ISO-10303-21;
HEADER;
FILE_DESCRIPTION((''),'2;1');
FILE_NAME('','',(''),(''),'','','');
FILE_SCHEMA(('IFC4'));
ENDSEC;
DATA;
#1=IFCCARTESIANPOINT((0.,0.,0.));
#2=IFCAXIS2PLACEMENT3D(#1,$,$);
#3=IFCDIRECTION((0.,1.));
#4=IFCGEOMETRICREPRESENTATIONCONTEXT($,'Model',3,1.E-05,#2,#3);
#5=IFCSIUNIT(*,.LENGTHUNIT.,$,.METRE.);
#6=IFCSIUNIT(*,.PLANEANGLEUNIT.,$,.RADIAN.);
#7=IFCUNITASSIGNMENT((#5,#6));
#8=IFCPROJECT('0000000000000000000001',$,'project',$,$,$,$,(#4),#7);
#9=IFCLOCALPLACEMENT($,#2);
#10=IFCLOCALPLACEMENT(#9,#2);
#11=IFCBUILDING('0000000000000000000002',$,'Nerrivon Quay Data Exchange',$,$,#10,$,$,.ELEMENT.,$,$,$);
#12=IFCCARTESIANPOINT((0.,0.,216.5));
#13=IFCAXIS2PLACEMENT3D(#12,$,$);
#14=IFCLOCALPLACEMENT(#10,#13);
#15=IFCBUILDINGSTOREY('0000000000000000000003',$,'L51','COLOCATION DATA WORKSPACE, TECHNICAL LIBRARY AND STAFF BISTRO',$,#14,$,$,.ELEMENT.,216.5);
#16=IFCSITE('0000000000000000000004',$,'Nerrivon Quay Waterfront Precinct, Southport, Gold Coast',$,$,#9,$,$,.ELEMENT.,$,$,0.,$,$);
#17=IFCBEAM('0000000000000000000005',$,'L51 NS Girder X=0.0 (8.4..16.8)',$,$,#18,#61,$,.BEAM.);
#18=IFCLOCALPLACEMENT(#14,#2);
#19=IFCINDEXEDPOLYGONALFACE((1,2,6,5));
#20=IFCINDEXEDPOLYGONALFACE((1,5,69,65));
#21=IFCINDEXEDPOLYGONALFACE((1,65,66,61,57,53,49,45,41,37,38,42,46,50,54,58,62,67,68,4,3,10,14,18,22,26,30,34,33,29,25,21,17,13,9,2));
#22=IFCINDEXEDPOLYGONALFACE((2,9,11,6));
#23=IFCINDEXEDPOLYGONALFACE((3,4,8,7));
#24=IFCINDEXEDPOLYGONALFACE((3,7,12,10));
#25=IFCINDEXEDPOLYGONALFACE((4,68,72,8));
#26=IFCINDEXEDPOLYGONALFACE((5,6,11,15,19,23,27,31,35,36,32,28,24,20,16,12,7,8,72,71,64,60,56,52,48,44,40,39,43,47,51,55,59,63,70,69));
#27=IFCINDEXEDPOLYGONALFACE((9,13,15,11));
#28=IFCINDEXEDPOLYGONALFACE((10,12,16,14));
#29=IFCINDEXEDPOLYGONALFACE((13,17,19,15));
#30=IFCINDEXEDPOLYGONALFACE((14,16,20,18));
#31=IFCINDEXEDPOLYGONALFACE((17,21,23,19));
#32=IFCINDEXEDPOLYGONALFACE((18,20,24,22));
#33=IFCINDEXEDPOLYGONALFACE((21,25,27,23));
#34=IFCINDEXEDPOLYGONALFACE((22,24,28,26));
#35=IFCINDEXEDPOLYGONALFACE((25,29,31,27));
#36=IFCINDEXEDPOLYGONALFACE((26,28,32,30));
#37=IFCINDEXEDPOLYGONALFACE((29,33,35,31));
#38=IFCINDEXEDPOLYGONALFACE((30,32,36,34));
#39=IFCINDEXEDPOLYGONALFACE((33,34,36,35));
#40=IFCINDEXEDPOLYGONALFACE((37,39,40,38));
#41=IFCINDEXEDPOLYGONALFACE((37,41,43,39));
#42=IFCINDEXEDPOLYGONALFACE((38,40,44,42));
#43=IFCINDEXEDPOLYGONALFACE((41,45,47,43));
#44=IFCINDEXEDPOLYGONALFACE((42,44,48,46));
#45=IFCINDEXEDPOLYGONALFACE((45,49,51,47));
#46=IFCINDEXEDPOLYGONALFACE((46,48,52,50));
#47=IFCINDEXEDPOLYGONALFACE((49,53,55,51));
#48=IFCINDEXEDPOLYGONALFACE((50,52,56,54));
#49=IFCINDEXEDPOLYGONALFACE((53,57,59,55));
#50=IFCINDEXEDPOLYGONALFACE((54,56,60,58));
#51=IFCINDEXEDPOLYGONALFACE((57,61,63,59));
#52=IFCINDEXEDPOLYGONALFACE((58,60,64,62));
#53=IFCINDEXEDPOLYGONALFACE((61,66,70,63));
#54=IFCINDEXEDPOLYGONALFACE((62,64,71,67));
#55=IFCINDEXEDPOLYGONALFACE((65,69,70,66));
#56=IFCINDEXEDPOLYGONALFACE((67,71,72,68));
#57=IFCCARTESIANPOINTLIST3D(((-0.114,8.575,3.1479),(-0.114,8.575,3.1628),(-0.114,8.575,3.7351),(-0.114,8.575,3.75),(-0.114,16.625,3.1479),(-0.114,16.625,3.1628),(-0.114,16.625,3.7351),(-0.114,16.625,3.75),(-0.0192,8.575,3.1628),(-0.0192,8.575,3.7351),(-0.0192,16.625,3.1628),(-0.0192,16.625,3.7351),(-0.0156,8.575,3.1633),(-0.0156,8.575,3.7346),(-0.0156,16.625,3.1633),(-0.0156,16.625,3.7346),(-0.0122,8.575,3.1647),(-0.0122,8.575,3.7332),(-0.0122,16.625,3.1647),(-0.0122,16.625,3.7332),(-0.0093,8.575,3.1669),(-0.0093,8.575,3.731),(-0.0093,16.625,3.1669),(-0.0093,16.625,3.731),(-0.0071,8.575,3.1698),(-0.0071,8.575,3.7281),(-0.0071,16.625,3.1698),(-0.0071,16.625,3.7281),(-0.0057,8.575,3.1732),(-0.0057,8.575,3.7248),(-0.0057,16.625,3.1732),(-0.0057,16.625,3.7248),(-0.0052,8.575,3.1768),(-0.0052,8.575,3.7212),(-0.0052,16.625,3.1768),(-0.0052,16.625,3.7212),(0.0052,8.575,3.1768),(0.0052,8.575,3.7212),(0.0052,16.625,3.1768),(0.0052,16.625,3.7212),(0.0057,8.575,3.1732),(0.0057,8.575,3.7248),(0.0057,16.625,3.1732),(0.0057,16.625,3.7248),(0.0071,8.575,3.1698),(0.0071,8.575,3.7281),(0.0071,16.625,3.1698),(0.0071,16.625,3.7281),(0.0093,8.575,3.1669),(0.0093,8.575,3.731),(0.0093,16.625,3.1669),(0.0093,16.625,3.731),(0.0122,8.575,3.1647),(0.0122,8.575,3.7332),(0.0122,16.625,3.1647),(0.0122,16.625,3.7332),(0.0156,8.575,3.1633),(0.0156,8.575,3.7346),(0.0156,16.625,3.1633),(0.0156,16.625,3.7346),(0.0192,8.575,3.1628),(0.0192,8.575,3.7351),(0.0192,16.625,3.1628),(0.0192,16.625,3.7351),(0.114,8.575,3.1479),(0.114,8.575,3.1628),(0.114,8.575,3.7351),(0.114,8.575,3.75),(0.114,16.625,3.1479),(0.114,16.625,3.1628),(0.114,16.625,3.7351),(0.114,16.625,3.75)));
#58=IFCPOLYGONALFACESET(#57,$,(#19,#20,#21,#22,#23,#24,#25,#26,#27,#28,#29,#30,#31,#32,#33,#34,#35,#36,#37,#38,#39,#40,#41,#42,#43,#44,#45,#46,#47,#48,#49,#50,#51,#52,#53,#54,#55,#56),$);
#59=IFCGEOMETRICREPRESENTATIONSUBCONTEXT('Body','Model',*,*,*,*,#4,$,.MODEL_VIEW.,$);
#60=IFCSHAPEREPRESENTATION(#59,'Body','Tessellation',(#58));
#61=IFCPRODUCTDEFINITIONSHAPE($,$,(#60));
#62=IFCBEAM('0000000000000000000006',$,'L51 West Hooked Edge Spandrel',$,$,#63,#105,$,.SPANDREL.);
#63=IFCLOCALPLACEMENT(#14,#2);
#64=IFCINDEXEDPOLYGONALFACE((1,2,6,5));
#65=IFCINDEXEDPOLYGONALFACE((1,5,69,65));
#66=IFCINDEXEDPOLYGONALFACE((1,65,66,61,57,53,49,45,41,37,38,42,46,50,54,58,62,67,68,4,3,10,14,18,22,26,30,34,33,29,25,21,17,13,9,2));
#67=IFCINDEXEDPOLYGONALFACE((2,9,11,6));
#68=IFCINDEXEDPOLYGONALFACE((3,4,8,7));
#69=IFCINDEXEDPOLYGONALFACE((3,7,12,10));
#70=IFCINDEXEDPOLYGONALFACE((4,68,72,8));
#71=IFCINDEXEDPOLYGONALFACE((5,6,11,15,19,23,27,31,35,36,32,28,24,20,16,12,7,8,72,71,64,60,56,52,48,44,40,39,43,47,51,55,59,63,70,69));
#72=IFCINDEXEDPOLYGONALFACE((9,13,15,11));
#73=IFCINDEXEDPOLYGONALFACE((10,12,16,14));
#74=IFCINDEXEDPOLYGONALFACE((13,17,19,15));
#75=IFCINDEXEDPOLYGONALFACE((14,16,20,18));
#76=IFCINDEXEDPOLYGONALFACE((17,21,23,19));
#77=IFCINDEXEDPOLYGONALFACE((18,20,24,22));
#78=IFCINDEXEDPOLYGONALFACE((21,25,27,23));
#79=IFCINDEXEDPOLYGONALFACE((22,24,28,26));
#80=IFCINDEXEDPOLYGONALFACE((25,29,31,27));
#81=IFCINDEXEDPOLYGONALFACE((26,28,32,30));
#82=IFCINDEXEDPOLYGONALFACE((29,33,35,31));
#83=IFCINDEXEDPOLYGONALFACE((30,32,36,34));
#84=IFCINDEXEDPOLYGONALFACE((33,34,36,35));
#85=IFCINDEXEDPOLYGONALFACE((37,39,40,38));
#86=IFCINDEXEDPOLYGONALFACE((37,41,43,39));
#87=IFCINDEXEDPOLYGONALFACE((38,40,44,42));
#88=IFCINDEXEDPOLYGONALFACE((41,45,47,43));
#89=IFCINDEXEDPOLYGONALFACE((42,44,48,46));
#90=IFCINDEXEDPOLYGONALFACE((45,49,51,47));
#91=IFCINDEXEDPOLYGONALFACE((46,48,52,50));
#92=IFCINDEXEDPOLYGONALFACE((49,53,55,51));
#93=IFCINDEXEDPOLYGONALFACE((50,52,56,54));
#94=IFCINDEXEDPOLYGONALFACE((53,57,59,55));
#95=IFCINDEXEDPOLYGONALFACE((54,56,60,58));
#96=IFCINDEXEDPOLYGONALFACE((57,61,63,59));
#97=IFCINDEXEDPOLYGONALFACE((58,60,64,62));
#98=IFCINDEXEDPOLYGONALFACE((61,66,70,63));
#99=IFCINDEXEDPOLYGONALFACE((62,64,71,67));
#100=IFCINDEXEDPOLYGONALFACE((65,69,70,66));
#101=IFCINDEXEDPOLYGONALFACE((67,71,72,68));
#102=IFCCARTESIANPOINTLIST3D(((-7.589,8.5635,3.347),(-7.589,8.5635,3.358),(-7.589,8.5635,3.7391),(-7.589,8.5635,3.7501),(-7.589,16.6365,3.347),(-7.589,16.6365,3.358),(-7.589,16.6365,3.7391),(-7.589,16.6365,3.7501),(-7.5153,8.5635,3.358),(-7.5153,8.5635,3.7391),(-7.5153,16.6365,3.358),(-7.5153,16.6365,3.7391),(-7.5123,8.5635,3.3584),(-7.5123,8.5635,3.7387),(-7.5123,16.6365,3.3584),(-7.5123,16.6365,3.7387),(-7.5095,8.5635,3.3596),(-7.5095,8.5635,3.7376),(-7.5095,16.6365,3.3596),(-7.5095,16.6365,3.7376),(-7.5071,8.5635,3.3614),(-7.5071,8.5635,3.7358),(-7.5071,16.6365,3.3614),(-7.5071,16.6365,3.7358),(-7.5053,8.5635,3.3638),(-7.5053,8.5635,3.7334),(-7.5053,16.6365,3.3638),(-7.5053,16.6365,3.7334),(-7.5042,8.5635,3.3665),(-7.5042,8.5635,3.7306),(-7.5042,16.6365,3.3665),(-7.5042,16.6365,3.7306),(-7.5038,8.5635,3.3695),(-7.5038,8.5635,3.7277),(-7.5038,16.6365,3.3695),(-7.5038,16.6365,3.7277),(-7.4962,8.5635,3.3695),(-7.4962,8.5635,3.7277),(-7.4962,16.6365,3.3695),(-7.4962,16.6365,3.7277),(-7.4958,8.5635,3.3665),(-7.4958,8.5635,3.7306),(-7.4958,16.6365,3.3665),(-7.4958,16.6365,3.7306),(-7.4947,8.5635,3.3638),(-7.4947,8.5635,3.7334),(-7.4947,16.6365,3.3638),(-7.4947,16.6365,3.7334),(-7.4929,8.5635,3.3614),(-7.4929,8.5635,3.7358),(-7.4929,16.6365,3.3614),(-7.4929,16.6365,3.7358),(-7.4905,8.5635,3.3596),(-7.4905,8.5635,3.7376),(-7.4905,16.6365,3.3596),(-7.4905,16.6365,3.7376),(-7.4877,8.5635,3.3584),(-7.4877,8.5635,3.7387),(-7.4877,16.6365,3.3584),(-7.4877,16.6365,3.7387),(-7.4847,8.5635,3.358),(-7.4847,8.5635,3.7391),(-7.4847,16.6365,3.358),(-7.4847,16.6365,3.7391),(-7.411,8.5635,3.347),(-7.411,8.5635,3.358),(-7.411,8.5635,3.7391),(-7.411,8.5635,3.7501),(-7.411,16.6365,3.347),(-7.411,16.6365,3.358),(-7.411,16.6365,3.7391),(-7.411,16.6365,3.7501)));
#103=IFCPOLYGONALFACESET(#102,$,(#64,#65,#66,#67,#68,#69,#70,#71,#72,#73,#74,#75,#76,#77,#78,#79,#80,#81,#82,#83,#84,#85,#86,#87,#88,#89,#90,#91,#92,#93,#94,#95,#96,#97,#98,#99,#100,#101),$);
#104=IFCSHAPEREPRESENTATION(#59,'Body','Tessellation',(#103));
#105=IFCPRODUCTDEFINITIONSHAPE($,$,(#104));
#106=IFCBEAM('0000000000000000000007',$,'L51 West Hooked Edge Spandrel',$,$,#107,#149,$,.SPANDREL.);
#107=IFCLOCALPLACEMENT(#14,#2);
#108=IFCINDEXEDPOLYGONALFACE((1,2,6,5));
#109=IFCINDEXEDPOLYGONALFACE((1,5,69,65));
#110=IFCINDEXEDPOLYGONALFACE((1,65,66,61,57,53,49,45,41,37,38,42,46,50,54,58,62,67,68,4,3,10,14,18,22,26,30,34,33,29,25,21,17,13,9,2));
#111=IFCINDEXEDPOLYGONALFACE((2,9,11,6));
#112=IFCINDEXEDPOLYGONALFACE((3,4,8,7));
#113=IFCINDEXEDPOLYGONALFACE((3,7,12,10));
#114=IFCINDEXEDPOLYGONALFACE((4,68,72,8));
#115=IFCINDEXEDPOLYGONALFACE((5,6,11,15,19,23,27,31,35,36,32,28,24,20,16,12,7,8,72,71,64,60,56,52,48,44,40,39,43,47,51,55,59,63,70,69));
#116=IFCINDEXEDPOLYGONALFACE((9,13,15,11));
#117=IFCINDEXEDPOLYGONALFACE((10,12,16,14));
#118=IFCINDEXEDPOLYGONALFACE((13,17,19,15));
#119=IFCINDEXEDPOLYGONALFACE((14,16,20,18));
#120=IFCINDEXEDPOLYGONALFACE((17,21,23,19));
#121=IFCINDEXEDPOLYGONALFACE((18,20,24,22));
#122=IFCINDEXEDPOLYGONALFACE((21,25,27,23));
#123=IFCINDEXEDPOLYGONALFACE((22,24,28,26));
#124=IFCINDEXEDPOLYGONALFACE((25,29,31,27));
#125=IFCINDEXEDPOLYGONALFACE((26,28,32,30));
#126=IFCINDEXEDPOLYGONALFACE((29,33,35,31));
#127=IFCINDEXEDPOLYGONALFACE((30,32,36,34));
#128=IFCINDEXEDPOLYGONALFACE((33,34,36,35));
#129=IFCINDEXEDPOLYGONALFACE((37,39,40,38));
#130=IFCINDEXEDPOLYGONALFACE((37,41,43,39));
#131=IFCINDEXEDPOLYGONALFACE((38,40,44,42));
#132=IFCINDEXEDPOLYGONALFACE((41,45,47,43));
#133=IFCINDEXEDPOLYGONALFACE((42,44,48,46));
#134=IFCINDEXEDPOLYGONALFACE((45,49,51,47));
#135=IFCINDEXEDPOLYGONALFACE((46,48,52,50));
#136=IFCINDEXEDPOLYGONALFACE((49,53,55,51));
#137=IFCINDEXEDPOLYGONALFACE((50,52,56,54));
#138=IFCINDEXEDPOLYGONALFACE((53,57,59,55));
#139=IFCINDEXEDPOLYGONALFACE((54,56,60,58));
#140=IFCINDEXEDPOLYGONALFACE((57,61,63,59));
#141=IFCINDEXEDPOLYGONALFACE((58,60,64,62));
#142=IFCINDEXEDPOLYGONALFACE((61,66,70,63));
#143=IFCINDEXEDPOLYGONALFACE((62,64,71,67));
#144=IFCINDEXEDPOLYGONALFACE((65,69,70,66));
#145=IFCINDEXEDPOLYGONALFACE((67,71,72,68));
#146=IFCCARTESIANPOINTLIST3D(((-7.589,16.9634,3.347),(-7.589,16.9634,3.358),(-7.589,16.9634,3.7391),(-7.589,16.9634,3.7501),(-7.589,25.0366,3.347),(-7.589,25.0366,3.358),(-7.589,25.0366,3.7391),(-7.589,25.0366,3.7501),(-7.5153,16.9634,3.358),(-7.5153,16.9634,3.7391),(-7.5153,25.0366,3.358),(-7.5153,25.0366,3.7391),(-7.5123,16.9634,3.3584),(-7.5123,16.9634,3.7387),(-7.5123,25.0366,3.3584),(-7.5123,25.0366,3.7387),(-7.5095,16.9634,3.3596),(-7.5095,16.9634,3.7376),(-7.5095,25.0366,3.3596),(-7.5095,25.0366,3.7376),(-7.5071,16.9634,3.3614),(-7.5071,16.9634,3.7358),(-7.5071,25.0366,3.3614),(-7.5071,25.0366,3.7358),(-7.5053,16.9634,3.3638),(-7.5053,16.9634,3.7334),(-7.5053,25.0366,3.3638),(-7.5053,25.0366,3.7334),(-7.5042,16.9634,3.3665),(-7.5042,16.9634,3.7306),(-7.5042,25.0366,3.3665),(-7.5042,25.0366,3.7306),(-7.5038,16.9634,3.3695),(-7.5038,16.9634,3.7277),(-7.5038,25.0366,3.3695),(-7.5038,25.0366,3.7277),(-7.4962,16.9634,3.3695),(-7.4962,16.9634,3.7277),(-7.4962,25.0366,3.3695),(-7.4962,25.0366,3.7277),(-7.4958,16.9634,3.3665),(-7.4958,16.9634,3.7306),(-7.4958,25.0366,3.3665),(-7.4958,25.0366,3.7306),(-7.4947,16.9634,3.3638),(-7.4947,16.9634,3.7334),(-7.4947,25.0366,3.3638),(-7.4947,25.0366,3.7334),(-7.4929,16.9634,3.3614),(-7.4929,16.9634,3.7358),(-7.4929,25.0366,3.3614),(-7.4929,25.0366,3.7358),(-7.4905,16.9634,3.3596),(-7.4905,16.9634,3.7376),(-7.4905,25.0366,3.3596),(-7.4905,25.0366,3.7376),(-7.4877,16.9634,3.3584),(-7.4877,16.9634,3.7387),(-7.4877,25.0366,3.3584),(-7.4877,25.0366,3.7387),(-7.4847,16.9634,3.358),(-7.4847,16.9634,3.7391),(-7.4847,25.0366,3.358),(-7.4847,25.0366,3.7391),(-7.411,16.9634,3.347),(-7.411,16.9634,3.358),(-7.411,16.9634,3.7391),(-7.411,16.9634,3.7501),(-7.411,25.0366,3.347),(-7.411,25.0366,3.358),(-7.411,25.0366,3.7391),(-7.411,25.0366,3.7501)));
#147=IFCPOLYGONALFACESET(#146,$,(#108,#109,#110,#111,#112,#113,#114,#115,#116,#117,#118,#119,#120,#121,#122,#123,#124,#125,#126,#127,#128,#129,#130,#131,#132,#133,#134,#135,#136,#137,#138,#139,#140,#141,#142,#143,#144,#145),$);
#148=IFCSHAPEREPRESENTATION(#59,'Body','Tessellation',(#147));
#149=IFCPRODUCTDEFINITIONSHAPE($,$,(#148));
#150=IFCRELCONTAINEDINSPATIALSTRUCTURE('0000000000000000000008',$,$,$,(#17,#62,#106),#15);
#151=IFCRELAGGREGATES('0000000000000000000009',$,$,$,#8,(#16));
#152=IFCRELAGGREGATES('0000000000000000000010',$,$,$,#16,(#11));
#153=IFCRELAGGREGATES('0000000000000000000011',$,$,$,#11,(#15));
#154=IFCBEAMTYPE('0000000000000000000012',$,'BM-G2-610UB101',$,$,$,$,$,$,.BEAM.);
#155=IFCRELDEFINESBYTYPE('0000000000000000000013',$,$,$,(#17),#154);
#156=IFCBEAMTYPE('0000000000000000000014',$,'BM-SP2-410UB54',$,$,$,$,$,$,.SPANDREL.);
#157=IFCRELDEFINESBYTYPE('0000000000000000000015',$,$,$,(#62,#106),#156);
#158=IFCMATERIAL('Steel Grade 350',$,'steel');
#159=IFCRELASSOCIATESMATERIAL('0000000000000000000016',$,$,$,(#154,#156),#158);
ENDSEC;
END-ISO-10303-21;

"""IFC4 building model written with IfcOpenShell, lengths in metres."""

from ifc_helpers import new_model, si_unit, direction, frame, origin, origin_2d, place, context, subcontext, project, spatial, i_section, extrude, material, material_profile, profile_set, type_object, element, save


model = new_model("IFC4")

# Units and contexts
model_context = context("Model", 3, precision=1e-05, world=origin(), true_north=direction((0.0, 1.0)))
body_context = subcontext(model_context, "Body", "Model", "MODEL_VIEW")
ifc_project = project(units=[si_unit("LENGTHUNIT", "METRE"), si_unit("PLANEANGLEUNIT", "RADIAN")], contexts=[model_context])

# Site, building, storey
site_placement = place(None, origin())
site = spatial("IfcSite", under=ifc_project, at=site_placement, Name="Nerrivon Quay Waterfront Precinct, Southport, Gold Coast", CompositionType="ELEMENT", RefElevation=0.0)
building_placement = place(site_placement, origin())
building = spatial("IfcBuilding", under=site, at=building_placement, Name="Nerrivon Quay Data Exchange", CompositionType="ELEMENT")
storey_placement = place(building_placement, frame((0.0, 0.0, 216.5)))
storey = spatial("IfcBuildingStorey", under=building, at=storey_placement, Name="L51", Description="COLOCATION DATA WORKSPACE, TECHNICAL LIBRARY AND STAFF BISTRO", CompositionType="ELEMENT", Elevation=216.5)

# Shared definitions
ifc_material_1 = material(Name="Steel Grade 350", Category="steel")

# Beams
ifc_material_profile_1 = material_profile(ifc_material_1, i_section(OverallWidth=0.228, OverallDepth=0.6021, WebThickness=0.0105, FlangeThickness=0.0149, FilletRadius=0.0139, at=origin_2d()), Name="610UB101")
ifc_profile_set_1 = profile_set([ifc_material_profile_1], Name="Steel Grade 350")
beam_type_1 = type_object("IfcBeamType", Name="BM-G2-610UB101", PredefinedType="BEAM", material=ifc_profile_set_1)
beam_1_placement = place(storey_placement, frame((0.0, 8.575, 3.449), z_axis=(0.0, 1.0, 0.0), x_axis=(-1.0, 0.0, 0.0)))
element("IfcBeam", 1, at=beam_1_placement, inside=storey, type_object=beam_type_1, Name="L51 NS Girder X=0.0 (8.4..16.8)", PredefinedType="BEAM", context=body_context, shape_type="SweptSolid", body=[
    extrude(i_section(OverallWidth=0.228, OverallDepth=0.6021, WebThickness=0.0105, FlangeThickness=0.0149, FilletRadius=0.0139, at=origin_2d()), origin(), (0.0, 0.0, 1.0), 8.05),
])
ifc_material_profile_2 = material_profile(ifc_material_1, i_section(OverallWidth=0.178, OverallDepth=0.4031, WebThickness=0.0076, FlangeThickness=0.011, FilletRadius=0.0115, at=origin_2d()), Name="410UB53.7")
ifc_profile_set_2 = profile_set([ifc_material_profile_2], Name="Steel Grade 350")
beam_type_2 = type_object("IfcBeamType", Name="BM-SP2-410UB54", PredefinedType="SPANDREL", material=ifc_profile_set_2)
beam_2_placement = place(storey_placement, frame((-7.5, 8.5635, 3.5486), z_axis=(0.0, 1.0, 0.0), x_axis=(-1.0, 0.0, 0.0)))
element("IfcBeam", 2, at=beam_2_placement, inside=storey, type_object=beam_type_2, Name="L51 West Hooked Edge Spandrel", PredefinedType="SPANDREL", context=body_context, shape_type="SweptSolid", body=[
    extrude(i_section(OverallWidth=0.178, OverallDepth=0.4031, WebThickness=0.0076, FlangeThickness=0.011, FilletRadius=0.0115, at=origin_2d()), origin(), (0.0, 0.0, 1.0), 8.073),
])
beam_3_placement = place(storey_placement, frame((-7.5, 16.9634, 3.5486), z_axis=(0.0, 1.0, 0.0), x_axis=(-1.0, 0.0, 0.0)))
element("IfcBeam", 3, at=beam_3_placement, inside=storey, type_object=beam_type_2, Name="L51 West Hooked Edge Spandrel", PredefinedType="SPANDREL", context=body_context, shape_type="SweptSolid", body=[
    extrude(i_section(OverallWidth=0.178, OverallDepth=0.4031, WebThickness=0.0076, FlangeThickness=0.011, FilletRadius=0.0115, at=origin_2d()), origin(), (0.0, 0.0, 1.0), 8.0732),
])

save(model, "model.ifc")
